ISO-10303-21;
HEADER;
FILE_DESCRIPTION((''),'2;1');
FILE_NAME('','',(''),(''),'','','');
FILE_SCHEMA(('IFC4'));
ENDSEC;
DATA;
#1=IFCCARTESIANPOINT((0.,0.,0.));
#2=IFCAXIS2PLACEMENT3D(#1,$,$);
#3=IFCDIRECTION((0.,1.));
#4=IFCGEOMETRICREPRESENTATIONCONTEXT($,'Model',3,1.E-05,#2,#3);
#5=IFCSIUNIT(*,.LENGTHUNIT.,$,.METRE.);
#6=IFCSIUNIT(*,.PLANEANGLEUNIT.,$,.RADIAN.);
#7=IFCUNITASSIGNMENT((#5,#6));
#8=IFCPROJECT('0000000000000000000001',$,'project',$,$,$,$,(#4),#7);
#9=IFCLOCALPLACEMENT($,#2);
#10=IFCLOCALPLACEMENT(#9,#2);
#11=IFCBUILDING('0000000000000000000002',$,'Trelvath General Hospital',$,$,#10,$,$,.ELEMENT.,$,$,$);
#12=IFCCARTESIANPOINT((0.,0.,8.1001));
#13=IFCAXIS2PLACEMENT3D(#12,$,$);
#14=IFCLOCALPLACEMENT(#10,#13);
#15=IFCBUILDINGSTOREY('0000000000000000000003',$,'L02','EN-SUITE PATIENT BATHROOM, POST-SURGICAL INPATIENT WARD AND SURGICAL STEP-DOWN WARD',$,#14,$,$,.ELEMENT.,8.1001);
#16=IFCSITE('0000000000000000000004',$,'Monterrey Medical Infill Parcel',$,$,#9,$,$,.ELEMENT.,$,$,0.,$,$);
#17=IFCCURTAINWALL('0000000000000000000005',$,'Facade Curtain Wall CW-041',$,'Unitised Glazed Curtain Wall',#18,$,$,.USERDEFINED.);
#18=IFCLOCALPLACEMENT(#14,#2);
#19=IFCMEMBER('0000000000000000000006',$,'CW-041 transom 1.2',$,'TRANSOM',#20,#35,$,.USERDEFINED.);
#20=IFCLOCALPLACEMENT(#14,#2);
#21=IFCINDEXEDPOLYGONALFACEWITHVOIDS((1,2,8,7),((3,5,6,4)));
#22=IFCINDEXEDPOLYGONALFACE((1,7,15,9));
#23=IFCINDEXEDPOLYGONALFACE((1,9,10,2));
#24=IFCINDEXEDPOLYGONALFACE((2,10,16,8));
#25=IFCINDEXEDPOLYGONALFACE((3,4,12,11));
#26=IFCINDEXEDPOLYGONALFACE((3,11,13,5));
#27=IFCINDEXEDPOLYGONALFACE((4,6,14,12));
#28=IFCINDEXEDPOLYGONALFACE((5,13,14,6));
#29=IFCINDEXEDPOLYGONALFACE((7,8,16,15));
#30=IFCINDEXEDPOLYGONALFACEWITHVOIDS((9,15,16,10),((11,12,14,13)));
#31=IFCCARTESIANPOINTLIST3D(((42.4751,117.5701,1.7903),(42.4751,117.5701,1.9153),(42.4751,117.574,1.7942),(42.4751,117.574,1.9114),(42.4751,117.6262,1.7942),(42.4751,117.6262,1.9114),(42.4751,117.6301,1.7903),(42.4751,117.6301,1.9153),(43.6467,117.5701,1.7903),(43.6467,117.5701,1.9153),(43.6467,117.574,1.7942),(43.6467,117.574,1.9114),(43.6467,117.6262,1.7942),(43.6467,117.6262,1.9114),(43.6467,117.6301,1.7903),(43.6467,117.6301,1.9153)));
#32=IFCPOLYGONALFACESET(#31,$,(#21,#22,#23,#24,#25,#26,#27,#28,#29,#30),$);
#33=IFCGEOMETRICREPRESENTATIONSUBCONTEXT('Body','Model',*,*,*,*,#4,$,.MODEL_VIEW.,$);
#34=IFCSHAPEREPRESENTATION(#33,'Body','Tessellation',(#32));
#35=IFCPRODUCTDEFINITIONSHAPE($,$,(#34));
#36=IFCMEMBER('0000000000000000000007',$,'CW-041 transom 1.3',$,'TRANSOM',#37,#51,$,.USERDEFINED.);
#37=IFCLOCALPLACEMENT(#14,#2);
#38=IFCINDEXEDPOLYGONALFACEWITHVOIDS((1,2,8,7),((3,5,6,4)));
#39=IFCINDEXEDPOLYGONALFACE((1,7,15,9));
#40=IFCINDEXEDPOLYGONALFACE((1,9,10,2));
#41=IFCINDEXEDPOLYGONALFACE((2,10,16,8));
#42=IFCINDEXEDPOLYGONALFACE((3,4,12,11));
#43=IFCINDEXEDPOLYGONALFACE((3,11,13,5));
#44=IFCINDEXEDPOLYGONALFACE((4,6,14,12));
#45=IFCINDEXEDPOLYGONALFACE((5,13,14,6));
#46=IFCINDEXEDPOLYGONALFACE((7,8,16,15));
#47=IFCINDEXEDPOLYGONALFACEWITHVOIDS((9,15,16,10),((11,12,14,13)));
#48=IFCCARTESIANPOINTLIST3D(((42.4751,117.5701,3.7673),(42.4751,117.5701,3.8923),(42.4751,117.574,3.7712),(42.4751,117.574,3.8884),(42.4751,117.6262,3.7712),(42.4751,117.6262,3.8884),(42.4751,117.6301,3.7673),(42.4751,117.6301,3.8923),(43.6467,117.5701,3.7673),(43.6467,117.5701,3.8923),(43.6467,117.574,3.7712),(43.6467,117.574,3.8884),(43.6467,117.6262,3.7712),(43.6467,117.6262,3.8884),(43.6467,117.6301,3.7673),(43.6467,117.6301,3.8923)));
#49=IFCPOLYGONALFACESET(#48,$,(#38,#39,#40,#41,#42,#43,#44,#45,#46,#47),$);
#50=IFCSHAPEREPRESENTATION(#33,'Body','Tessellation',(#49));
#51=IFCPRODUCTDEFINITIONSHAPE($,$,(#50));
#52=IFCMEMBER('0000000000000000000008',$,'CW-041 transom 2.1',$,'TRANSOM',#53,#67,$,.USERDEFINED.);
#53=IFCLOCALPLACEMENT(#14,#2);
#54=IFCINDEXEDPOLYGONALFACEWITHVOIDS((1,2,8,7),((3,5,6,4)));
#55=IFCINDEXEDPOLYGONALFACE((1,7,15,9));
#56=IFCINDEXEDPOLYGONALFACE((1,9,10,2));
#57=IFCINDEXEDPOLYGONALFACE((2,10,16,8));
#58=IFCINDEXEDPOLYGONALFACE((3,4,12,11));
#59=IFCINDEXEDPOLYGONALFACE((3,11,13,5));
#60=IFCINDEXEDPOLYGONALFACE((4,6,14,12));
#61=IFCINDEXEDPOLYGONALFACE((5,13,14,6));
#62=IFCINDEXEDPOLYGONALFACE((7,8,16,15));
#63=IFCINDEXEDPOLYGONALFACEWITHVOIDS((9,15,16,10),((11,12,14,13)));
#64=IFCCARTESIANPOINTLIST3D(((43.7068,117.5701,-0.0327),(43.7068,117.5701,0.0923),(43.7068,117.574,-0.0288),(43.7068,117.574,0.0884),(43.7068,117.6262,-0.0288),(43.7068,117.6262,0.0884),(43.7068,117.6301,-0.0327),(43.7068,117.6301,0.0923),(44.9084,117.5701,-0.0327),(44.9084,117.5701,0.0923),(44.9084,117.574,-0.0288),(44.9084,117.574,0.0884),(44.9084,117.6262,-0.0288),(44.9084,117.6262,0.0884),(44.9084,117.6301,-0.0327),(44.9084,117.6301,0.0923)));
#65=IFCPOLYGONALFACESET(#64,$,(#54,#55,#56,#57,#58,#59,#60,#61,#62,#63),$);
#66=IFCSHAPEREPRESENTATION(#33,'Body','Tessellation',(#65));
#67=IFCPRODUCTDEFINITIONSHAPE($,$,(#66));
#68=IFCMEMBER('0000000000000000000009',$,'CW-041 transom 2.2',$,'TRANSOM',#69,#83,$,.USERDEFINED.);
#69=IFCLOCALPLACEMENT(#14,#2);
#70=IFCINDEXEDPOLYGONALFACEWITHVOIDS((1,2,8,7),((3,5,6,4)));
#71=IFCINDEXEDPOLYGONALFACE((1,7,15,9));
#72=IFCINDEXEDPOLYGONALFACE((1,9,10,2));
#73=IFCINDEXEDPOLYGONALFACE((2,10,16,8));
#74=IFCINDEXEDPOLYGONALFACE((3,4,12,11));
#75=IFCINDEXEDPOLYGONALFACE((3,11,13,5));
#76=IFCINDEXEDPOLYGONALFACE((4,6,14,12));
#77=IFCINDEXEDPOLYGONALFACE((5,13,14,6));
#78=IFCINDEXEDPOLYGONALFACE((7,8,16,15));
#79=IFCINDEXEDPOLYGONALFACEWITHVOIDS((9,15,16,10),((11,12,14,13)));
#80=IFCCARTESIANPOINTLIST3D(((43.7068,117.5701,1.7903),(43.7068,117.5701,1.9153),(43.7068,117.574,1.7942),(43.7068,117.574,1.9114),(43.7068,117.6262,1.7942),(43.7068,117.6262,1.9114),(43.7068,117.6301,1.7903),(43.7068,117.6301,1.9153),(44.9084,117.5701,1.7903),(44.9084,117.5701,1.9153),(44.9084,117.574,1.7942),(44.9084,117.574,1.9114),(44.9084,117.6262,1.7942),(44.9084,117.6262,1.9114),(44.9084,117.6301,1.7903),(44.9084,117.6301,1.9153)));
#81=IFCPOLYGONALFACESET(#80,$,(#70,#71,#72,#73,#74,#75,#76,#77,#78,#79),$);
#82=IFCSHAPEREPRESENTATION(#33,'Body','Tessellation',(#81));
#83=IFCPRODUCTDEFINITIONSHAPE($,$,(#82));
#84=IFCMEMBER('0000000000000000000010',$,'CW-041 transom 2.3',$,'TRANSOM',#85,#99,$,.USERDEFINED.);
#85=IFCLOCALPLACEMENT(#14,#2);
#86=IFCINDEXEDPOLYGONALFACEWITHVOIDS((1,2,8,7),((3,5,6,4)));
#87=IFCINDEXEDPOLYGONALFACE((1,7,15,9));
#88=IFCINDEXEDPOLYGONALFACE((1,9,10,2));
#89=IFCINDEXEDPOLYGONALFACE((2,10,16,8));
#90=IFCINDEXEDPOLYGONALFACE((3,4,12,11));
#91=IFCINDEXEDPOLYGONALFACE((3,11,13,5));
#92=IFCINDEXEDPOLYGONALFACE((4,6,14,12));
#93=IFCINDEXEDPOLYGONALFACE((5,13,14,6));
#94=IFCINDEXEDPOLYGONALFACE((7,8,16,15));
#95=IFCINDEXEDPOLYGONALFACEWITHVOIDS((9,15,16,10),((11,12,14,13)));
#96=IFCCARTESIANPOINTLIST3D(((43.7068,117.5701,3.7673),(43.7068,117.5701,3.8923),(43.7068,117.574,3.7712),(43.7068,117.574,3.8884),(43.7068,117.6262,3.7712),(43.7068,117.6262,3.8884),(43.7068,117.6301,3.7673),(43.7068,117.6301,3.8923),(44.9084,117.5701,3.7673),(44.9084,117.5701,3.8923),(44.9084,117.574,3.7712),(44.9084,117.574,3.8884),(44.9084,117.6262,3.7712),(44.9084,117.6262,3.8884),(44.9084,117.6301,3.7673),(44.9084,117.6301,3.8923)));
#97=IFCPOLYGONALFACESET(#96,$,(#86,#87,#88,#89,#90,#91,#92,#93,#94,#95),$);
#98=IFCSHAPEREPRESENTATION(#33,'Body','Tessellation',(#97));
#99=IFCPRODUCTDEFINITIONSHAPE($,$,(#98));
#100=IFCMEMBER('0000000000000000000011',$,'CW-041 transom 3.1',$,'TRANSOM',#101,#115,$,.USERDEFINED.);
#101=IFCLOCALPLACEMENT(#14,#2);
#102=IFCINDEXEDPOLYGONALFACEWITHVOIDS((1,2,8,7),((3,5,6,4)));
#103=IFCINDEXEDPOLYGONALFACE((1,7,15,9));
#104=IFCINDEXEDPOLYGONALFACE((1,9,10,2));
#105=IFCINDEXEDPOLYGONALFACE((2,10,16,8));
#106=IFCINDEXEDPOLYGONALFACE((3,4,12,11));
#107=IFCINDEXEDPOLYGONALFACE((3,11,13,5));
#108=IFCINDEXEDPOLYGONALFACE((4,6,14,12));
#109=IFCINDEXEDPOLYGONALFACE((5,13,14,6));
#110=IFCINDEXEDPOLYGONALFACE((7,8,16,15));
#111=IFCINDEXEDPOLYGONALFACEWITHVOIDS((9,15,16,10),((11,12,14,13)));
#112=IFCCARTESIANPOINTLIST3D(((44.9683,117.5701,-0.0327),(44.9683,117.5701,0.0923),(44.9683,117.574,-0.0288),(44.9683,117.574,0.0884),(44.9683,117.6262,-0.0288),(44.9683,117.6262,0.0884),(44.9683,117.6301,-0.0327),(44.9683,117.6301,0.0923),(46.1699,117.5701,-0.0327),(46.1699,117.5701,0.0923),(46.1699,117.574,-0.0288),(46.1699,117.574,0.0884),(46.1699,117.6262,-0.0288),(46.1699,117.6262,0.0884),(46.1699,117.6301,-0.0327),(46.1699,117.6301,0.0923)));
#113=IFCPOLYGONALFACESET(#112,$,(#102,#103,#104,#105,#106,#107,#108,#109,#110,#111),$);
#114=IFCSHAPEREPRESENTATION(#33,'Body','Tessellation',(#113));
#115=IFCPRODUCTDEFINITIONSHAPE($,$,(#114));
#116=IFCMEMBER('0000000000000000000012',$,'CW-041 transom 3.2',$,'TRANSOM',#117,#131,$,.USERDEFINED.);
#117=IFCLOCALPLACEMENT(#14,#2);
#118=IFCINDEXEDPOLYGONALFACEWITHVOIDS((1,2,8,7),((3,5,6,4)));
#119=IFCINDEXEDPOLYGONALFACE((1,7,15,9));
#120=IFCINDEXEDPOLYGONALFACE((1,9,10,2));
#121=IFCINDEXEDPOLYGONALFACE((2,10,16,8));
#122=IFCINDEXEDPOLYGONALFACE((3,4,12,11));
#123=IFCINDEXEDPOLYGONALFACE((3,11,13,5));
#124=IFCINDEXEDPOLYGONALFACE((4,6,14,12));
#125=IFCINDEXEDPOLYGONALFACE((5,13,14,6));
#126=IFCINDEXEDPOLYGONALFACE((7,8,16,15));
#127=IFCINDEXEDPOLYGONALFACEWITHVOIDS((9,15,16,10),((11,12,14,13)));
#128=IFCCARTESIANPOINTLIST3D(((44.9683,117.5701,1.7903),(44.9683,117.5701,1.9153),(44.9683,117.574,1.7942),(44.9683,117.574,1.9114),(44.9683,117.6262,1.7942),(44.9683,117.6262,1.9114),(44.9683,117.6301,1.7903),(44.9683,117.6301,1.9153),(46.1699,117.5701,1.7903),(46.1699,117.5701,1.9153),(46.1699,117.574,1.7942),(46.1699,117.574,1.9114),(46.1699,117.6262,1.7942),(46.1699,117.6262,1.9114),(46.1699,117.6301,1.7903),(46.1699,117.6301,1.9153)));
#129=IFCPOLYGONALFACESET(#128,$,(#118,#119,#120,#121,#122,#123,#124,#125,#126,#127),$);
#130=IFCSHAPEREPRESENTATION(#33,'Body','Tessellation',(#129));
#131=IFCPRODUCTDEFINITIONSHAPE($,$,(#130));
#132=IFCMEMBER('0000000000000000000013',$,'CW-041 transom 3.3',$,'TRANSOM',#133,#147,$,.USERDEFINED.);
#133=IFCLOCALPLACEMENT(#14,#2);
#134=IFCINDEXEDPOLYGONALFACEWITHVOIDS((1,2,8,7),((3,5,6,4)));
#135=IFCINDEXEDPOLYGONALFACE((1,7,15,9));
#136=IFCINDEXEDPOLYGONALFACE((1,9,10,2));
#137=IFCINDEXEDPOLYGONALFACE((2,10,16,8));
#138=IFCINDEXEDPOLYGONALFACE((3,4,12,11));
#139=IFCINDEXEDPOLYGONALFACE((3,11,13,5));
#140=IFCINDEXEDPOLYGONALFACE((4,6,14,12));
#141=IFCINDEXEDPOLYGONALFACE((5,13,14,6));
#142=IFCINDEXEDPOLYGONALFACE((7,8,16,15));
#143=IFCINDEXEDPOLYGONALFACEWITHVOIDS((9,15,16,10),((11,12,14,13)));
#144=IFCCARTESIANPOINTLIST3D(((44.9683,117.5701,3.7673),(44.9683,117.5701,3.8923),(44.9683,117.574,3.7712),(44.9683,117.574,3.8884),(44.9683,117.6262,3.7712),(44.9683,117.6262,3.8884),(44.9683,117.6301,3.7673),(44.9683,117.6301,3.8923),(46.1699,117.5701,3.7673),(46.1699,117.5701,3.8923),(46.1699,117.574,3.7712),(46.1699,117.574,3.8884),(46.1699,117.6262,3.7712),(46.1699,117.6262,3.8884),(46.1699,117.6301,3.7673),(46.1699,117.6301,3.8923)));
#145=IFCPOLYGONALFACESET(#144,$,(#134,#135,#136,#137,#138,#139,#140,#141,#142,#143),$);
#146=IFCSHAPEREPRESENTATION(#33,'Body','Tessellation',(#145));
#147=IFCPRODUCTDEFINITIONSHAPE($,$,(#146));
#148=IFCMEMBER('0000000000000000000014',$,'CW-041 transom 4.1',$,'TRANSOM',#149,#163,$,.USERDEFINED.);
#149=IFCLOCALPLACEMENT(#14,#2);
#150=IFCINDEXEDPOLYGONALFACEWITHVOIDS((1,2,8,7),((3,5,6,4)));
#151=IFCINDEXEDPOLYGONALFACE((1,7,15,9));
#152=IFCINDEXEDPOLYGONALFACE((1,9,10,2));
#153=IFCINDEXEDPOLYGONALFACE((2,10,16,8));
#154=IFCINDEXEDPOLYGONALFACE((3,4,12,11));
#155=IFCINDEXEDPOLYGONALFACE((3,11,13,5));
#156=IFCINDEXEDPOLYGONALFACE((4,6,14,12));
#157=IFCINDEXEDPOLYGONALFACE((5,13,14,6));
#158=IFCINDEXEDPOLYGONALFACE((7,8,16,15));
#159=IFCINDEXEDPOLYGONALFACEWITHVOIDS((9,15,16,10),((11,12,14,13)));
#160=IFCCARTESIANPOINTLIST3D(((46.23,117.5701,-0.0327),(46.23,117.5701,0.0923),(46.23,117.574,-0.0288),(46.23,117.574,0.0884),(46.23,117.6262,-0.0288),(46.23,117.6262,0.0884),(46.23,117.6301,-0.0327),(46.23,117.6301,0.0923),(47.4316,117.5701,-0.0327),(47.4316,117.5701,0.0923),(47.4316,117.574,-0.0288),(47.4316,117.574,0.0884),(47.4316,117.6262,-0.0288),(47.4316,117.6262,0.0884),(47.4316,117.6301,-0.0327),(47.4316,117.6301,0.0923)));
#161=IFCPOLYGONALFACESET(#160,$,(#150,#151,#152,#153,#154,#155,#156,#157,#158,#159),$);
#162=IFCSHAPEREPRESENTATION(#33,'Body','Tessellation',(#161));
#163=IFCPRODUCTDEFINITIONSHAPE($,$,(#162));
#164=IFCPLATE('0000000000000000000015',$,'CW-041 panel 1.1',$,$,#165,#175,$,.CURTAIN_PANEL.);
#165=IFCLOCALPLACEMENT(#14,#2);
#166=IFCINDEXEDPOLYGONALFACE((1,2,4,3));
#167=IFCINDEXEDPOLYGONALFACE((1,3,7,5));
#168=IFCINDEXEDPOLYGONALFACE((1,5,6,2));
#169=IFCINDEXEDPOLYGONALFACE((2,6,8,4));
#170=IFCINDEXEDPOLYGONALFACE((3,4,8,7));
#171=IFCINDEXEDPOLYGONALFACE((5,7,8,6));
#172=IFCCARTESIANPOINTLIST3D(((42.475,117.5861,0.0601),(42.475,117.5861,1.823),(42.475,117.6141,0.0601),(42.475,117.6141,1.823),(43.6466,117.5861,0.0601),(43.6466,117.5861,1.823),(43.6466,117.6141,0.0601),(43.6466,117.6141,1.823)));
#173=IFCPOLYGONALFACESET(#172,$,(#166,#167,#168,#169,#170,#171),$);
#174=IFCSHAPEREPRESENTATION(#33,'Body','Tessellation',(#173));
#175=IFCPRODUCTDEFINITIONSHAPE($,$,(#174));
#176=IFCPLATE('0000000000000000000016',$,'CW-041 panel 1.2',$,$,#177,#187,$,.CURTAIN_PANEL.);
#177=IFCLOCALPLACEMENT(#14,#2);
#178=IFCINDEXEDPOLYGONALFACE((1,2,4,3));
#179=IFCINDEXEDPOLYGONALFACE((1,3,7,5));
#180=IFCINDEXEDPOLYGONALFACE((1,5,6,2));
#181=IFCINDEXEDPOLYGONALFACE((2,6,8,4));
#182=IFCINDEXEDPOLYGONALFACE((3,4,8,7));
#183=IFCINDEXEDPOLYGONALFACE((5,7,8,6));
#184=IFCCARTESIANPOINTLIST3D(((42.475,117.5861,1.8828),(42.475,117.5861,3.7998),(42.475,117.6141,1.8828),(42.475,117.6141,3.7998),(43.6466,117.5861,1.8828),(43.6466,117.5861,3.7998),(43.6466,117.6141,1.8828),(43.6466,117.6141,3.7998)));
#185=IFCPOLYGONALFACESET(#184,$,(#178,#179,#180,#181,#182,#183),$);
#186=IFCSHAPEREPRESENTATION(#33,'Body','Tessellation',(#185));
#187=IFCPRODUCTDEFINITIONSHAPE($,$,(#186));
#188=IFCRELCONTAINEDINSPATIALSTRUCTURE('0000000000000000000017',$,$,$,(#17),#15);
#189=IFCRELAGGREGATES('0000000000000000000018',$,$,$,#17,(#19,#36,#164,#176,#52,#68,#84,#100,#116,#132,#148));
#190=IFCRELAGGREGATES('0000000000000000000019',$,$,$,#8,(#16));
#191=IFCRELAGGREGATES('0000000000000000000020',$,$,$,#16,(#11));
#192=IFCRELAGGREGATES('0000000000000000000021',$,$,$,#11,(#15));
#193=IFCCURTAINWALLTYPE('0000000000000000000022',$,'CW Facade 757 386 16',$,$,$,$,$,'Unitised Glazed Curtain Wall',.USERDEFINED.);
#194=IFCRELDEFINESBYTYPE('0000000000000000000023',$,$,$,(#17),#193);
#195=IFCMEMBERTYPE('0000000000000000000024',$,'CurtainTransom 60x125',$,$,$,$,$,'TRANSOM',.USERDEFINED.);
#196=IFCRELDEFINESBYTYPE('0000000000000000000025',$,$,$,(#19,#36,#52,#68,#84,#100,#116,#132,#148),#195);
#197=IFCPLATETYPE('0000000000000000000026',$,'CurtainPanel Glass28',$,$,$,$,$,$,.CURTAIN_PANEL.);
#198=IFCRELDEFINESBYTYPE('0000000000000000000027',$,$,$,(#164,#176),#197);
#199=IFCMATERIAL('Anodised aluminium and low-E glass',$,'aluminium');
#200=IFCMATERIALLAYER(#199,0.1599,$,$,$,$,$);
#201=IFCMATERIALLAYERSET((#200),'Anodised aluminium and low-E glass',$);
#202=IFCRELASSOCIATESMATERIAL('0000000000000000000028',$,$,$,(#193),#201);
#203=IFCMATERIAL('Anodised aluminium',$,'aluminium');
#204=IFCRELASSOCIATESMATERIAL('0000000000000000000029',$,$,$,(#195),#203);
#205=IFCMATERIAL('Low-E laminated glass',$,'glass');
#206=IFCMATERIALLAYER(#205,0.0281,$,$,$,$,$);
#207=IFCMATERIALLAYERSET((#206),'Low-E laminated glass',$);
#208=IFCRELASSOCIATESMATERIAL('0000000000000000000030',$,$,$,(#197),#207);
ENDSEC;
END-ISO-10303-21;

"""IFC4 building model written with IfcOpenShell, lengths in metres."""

from ifc_helpers import new_model, si_unit, direction, frame, origin, origin_2d, place, context, subcontext, project, spatial, rectangle, hollow_rectangle, extrude, material, layer, layer_set, material_profile, profile_set, type_object, element, aggregate, save


model = new_model("IFC4")

# Units and contexts
model_context = context("Model", 3, precision=1e-05, world=origin(), true_north=direction((0.0, 1.0)))
body_context = subcontext(model_context, "Body", "Model", "MODEL_VIEW")
ifc_project = project(units=[si_unit("LENGTHUNIT", "METRE"), si_unit("PLANEANGLEUNIT", "RADIAN")], contexts=[model_context])

# Site, building, storey
site_placement = place(None, origin())
site = spatial("IfcSite", under=ifc_project, at=site_placement, Name="Monterrey Medical Infill Parcel", CompositionType="ELEMENT", RefElevation=0.0)
building_placement = place(site_placement, origin())
building = spatial("IfcBuilding", under=site, at=building_placement, Name="Trelvath General Hospital", CompositionType="ELEMENT")
storey_placement = place(building_placement, frame((0.0, 0.0, 8.1001)))
storey = spatial("IfcBuildingStorey", under=building, at=storey_placement, Name="L02", Description="EN-SUITE PATIENT BATHROOM, POST-SURGICAL INPATIENT WARD AND SURGICAL STEP-DOWN WARD", CompositionType="ELEMENT", Elevation=8.1001)

# Curtain wall, members, plates
ifc_material_1 = material(Name="Anodised aluminium and low-E glass", Category="aluminium")
ifc_layer_1 = layer(ifc_material_1, 0.1599)
ifc_layer_set_1 = layer_set([ifc_layer_1], Name="Anodised aluminium and low-E glass")
curtain_wall_type = type_object("IfcCurtainWallType", Name="CW Facade 757 386 16", ElementType="Unitised Glazed Curtain Wall", PredefinedType="USERDEFINED", material=ifc_layer_set_1)
curtain_wall_placement = place(storey_placement, origin())
curtain_wall = element("IfcCurtainWall", 1, at=curtain_wall_placement, inside=storey, type_object=curtain_wall_type, Name="Facade Curtain Wall CW-041", ObjectType="Unitised Glazed Curtain Wall", PredefinedType="USERDEFINED")
ifc_material_2 = material(Name="Anodised aluminium", Category="aluminium")
ifc_material_profile_1 = material_profile(ifc_material_2, hollow_rectangle(XDim=0.0601, YDim=0.125, WallThickness=0.0039, at=origin_2d()), Name="RHS60x125x4")
ifc_profile_set_1 = profile_set([ifc_material_profile_1], Name="Anodised aluminium")
member_type_1 = type_object("IfcMemberType", Name="CurtainTransom 60x125", ElementType="TRANSOM", PredefinedType="USERDEFINED", material=ifc_profile_set_1)
member_1_placement = place(storey_placement, frame((42.4751, 117.6001, 1.8528), z_axis=(1.0, 0.0, 0.0), x_axis=(0.0, 1.0, 0.0)))
member_1 = element("IfcMember", 2, at=member_1_placement, type_object=member_type_1, Name="CW-041 transom 1.2", ObjectType="TRANSOM", PredefinedType="USERDEFINED", context=body_context, shape_type="SweptSolid", body=[
    extrude(hollow_rectangle(XDim=0.0601, YDim=0.125, WallThickness=0.0039, at=origin_2d()), origin(), (0.0, 0.0, 1.0), 1.1716),
])
member_2_placement = place(storey_placement, frame((42.4751, 117.6001, 3.8298), z_axis=(1.0, 0.0, 0.0), x_axis=(0.0, 1.0, 0.0)))
member_2 = element("IfcMember", 3, at=member_2_placement, type_object=member_type_1, Name="CW-041 transom 1.3", ObjectType="TRANSOM", PredefinedType="USERDEFINED", context=body_context, shape_type="SweptSolid", body=[
    extrude(hollow_rectangle(XDim=0.0601, YDim=0.125, WallThickness=0.0039, at=origin_2d()), origin(), (0.0, 0.0, 1.0), 1.1716),
])
member_3_placement = place(storey_placement, frame((43.7068, 117.6001, 0.0298), z_axis=(1.0, 0.0, 0.0), x_axis=(0.0, 1.0, 0.0)))
member_3 = element("IfcMember", 4, at=member_3_placement, type_object=member_type_1, Name="CW-041 transom 2.1", ObjectType="TRANSOM", PredefinedType="USERDEFINED", context=body_context, shape_type="SweptSolid", body=[
    extrude(hollow_rectangle(XDim=0.0601, YDim=0.125, WallThickness=0.0039, at=origin_2d()), origin(), (0.0, 0.0, 1.0), 1.2017),
])
member_4_placement = place(storey_placement, frame((43.7068, 117.6001, 1.8528), z_axis=(1.0, 0.0, 0.0), x_axis=(0.0, 1.0, 0.0)))
member_4 = element("IfcMember", 5, at=member_4_placement, type_object=member_type_1, Name="CW-041 transom 2.2", ObjectType="TRANSOM", PredefinedType="USERDEFINED", context=body_context, shape_type="SweptSolid", body=[
    extrude(hollow_rectangle(XDim=0.0601, YDim=0.125, WallThickness=0.0039, at=origin_2d()), origin(), (0.0, 0.0, 1.0), 1.2017),
])
member_5_placement = place(storey_placement, frame((43.7068, 117.6001, 3.8298), z_axis=(1.0, 0.0, 0.0), x_axis=(0.0, 1.0, 0.0)))
member_5 = element("IfcMember", 6, at=member_5_placement, type_object=member_type_1, Name="CW-041 transom 2.3", ObjectType="TRANSOM", PredefinedType="USERDEFINED", context=body_context, shape_type="SweptSolid", body=[
    extrude(hollow_rectangle(XDim=0.0601, YDim=0.125, WallThickness=0.0039, at=origin_2d()), origin(), (0.0, 0.0, 1.0), 1.2017),
])
member_6_placement = place(storey_placement, frame((44.9683, 117.6001, 0.0298), z_axis=(1.0, 0.0, 0.0), x_axis=(0.0, 1.0, 0.0)))
member_6 = element("IfcMember", 7, at=member_6_placement, type_object=member_type_1, Name="CW-041 transom 3.1", ObjectType="TRANSOM", PredefinedType="USERDEFINED", context=body_context, shape_type="SweptSolid", body=[
    extrude(hollow_rectangle(XDim=0.0601, YDim=0.125, WallThickness=0.0039, at=origin_2d()), origin(), (0.0, 0.0, 1.0), 1.2017),
])
member_7_placement = place(storey_placement, frame((44.9683, 117.6001, 1.8528), z_axis=(1.0, 0.0, 0.0), x_axis=(0.0, 1.0, 0.0)))
member_7 = element("IfcMember", 8, at=member_7_placement, type_object=member_type_1, Name="CW-041 transom 3.2", ObjectType="TRANSOM", PredefinedType="USERDEFINED", context=body_context, shape_type="SweptSolid", body=[
    extrude(hollow_rectangle(XDim=0.0601, YDim=0.125, WallThickness=0.0039, at=origin_2d()), origin(), (0.0, 0.0, 1.0), 1.2017),
])
member_8_placement = place(storey_placement, frame((44.9683, 117.6001, 3.8298), z_axis=(1.0, 0.0, 0.0), x_axis=(0.0, 1.0, 0.0)))
member_8 = element("IfcMember", 9, at=member_8_placement, type_object=member_type_1, Name="CW-041 transom 3.3", ObjectType="TRANSOM", PredefinedType="USERDEFINED", context=body_context, shape_type="SweptSolid", body=[
    extrude(hollow_rectangle(XDim=0.0601, YDim=0.125, WallThickness=0.0039, at=origin_2d()), origin(), (0.0, 0.0, 1.0), 1.2017),
])
member_9_placement = place(storey_placement, frame((46.23, 117.6001, 0.0298), z_axis=(1.0, 0.0, 0.0), x_axis=(0.0, 1.0, 0.0)))
member_9 = element("IfcMember", 10, at=member_9_placement, type_object=member_type_1, Name="CW-041 transom 4.1", ObjectType="TRANSOM", PredefinedType="USERDEFINED", context=body_context, shape_type="SweptSolid", body=[
    extrude(hollow_rectangle(XDim=0.0601, YDim=0.125, WallThickness=0.0039, at=origin_2d()), origin(), (0.0, 0.0, 1.0), 1.2017),
])
ifc_material_3 = material(Name="Low-E laminated glass", Category="glass")
ifc_layer_2 = layer(ifc_material_3, 0.0281)
ifc_layer_set_2 = layer_set([ifc_layer_2], Name="Low-E laminated glass")
plate_type = type_object("IfcPlateType", Name="CurtainPanel Glass28", PredefinedType="CURTAIN_PANEL", material=ifc_layer_set_2)
plate_1_placement = place(storey_placement, frame((43.0608, 117.6001, 0.0601), z_axis=(0.0, 0.0, 1.0), x_axis=(1.0, 0.0, 0.0)))
plate_1 = element("IfcPlate", 11, at=plate_1_placement, type_object=plate_type, Name="CW-041 panel 1.1", PredefinedType="CURTAIN_PANEL", context=body_context, shape_type="SweptSolid", body=[
    extrude(rectangle(XDim=1.1716, YDim=0.0281, at=origin_2d()), origin(), (0.0, 0.0, 1.0), 1.7629),
])
plate_2_placement = place(storey_placement, frame((43.0608, 117.6001, 1.8828), z_axis=(0.0, 0.0, 1.0), x_axis=(1.0, 0.0, 0.0)))
plate_2 = element("IfcPlate", 12, at=plate_2_placement, type_object=plate_type, Name="CW-041 panel 1.2", PredefinedType="CURTAIN_PANEL", context=body_context, shape_type="SweptSolid", body=[
    extrude(rectangle(XDim=1.1716, YDim=0.0281, at=origin_2d()), origin(), (0.0, 0.0, 1.0), 1.917),
])
aggregate(curtain_wall, [member_1, member_2, plate_1, plate_2, member_3, member_4, member_5, member_6, member_7, member_8, member_9])

save(model, "model.ifc")
